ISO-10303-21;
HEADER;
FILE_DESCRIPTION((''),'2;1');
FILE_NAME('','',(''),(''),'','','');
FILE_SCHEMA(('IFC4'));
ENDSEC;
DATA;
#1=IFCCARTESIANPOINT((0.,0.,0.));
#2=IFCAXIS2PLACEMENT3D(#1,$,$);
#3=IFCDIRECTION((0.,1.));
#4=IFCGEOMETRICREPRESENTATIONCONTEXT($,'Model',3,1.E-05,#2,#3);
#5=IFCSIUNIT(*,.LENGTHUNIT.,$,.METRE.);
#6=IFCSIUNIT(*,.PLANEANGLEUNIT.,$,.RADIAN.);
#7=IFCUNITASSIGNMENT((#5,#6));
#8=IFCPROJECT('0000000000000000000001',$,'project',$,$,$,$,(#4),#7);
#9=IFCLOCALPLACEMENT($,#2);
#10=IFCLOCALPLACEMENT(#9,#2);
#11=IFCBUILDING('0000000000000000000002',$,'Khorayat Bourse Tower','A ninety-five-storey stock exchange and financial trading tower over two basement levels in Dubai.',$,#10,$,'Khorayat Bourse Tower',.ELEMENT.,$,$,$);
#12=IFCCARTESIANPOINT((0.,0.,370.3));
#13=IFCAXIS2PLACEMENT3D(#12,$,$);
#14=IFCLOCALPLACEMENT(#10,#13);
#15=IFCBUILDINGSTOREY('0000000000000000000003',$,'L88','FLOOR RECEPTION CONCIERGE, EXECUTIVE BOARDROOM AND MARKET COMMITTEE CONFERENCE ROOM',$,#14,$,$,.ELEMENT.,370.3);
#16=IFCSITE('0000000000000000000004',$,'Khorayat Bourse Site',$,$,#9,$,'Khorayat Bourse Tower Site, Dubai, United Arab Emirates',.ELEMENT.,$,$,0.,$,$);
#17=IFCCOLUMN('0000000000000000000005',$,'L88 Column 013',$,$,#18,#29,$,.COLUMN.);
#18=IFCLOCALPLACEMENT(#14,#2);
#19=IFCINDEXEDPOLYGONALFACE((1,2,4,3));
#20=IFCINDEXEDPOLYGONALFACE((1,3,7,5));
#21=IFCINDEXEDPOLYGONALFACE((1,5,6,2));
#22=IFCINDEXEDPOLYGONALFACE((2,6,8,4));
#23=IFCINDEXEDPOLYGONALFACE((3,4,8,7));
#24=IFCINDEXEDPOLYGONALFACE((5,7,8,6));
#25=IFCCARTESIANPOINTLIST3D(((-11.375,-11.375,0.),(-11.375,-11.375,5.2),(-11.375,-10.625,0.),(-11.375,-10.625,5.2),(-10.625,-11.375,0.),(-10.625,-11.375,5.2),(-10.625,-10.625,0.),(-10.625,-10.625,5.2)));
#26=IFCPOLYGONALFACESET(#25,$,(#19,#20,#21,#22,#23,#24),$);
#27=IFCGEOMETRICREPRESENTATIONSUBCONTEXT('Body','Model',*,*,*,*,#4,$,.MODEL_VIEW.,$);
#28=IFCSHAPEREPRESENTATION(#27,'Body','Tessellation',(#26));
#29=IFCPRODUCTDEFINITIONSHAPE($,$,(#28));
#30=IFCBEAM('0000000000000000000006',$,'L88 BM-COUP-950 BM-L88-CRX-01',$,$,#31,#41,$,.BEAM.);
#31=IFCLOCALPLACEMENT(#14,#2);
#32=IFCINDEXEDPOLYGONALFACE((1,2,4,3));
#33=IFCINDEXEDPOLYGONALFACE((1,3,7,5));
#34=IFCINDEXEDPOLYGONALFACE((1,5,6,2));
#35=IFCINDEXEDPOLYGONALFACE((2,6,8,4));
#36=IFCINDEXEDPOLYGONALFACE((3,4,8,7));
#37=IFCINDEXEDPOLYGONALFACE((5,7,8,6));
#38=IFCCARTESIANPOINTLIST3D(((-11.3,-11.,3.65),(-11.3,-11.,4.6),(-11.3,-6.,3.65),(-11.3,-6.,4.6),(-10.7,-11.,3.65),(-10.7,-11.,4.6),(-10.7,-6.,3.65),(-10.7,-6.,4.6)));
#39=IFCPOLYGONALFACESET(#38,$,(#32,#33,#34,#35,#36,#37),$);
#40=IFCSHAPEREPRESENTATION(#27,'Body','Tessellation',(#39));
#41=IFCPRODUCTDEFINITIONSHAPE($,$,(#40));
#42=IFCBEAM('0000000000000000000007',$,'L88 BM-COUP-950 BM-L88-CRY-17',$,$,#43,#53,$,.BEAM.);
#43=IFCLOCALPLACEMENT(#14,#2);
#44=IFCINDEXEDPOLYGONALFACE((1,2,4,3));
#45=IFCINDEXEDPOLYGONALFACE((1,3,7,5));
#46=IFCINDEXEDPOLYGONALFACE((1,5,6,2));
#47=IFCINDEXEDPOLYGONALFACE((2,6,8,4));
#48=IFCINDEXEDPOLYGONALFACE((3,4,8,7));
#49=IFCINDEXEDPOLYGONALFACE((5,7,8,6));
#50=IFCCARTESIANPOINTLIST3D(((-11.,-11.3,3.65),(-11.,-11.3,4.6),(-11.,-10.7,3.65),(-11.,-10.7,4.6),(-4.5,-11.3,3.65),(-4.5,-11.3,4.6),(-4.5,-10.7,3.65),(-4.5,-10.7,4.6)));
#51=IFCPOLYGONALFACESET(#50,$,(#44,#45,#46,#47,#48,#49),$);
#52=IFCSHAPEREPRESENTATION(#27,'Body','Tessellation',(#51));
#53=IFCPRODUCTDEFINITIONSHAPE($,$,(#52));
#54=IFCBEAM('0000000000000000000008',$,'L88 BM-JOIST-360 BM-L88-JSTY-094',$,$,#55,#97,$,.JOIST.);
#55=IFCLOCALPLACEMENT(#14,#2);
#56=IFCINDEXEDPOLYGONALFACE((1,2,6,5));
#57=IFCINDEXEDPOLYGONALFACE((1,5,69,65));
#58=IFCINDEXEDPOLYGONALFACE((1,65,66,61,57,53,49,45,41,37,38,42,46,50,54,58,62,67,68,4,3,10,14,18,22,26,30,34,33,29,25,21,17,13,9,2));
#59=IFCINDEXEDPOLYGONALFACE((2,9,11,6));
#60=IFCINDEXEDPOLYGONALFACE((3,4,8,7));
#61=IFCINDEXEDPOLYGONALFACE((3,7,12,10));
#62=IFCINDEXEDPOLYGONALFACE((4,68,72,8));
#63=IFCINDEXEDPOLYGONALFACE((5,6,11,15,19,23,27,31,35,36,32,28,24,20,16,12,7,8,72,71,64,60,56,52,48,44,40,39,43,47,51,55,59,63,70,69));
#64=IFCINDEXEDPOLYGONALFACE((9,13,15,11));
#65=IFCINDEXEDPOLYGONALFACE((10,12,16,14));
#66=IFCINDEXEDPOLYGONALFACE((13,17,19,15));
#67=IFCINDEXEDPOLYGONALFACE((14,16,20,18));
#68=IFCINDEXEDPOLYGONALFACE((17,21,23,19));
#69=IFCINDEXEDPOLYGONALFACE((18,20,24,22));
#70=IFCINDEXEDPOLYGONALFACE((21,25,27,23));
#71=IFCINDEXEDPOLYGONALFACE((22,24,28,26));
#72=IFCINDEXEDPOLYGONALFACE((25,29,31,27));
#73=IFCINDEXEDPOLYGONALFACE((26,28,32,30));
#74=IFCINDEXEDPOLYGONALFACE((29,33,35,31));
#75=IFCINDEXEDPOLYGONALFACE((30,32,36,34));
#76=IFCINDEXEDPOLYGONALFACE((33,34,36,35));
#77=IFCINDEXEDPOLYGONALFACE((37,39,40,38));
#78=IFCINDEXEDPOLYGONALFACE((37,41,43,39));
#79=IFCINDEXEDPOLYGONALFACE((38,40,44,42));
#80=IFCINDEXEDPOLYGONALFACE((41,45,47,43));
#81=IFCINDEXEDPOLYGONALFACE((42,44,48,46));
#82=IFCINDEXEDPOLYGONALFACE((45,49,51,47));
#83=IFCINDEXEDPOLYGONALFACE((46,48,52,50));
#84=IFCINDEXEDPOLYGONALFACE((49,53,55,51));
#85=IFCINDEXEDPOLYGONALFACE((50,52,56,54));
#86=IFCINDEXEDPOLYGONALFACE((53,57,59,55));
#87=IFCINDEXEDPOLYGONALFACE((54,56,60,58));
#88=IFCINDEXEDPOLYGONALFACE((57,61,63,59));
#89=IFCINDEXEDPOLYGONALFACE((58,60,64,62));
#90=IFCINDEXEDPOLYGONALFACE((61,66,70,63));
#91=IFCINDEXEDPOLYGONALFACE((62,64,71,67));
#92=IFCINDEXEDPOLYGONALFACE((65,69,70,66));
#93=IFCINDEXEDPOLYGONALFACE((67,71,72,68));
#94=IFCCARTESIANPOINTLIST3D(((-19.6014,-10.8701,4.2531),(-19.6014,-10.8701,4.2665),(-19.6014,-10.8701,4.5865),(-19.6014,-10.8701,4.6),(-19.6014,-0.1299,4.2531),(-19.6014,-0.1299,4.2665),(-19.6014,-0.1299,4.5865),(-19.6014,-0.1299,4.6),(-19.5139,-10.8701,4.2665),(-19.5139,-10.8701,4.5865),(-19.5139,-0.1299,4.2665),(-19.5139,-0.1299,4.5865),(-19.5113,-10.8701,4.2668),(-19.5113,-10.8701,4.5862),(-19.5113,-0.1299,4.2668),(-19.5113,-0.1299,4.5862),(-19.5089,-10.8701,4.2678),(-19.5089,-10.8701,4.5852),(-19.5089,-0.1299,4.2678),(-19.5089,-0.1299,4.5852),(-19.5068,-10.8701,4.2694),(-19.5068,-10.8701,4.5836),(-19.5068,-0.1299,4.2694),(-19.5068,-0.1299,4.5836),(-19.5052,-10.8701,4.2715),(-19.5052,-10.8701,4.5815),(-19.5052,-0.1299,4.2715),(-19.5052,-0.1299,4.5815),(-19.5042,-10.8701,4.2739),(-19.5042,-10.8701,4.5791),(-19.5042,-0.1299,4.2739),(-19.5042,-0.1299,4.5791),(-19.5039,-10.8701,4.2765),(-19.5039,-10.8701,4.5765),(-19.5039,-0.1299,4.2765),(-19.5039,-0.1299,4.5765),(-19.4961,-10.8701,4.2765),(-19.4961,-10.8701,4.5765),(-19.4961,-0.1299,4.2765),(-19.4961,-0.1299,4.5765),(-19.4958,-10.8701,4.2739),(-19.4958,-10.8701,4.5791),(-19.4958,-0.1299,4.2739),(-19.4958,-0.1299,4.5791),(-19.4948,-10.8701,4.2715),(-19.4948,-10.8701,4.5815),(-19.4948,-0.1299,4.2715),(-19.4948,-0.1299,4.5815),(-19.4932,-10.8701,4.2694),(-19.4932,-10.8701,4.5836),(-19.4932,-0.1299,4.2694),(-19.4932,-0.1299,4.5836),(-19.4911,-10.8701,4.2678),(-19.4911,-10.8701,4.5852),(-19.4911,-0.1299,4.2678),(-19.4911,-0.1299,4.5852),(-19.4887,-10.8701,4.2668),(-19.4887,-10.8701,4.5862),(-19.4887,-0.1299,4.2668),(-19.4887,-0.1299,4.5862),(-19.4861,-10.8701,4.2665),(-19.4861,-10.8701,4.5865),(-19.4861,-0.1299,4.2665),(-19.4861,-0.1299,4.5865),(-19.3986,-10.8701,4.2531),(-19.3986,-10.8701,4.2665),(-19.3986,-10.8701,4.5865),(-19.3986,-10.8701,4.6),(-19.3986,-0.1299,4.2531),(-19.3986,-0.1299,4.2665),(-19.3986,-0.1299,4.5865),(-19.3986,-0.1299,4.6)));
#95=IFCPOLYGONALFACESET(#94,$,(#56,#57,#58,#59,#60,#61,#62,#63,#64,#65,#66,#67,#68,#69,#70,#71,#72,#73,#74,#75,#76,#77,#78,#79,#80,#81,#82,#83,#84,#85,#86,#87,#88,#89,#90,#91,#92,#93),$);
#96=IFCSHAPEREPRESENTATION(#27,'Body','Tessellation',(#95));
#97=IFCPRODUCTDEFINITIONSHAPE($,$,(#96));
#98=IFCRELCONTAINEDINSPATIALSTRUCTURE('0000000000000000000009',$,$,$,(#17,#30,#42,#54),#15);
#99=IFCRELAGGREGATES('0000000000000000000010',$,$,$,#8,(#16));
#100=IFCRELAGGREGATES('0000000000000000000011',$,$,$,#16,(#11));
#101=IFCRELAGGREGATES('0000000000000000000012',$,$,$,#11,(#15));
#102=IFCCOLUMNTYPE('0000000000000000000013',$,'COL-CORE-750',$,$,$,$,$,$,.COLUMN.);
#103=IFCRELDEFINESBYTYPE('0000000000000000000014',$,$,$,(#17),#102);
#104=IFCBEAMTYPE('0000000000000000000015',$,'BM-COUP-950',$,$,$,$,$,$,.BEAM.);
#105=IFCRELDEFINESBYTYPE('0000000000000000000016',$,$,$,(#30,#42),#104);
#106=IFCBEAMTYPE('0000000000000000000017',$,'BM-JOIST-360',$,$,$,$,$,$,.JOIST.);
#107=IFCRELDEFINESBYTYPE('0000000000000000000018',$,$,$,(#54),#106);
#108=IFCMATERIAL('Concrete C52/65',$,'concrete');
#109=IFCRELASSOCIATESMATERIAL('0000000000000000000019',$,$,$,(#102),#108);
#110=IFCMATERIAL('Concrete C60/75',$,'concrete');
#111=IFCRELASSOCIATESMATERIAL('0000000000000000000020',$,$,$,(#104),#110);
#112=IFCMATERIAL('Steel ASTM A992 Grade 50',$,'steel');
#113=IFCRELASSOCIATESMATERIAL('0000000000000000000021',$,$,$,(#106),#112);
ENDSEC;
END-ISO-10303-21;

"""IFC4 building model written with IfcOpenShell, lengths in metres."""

from ifc_helpers import new_model, si_unit, direction, frame, origin, origin_2d, place, context, subcontext, project, spatial, rectangle, i_section, extrude, source, transform, mapped, material, material_profile, profile_set, type_object, element, save


model = new_model("IFC4")

# Units and contexts
model_context = context("Model", 3, precision=1e-05, world=origin(), true_north=direction((0.0, 1.0)))
body_context = subcontext(model_context, "Body", "Model", "MODEL_VIEW")
ifc_project = project(units=[si_unit("LENGTHUNIT", "METRE"), si_unit("PLANEANGLEUNIT", "RADIAN")], contexts=[model_context])

# Site, building, storey
site_placement = place(None, origin())
site = spatial("IfcSite", under=ifc_project, at=site_placement, Name="Khorayat Bourse Site", LongName="Khorayat Bourse Tower Site, Dubai, United Arab Emirates", CompositionType="ELEMENT", RefElevation=0.0)
building_placement = place(site_placement, origin())
building = spatial("IfcBuilding", under=site, at=building_placement, Name="Khorayat Bourse Tower", Description="A ninety-five-storey stock exchange and financial trading tower over two basement levels in Dubai.", LongName="Khorayat Bourse Tower", CompositionType="ELEMENT")
storey_placement = place(building_placement, frame((0.0, 0.0, 370.3)))
storey = spatial("IfcBuildingStorey", under=building, at=storey_placement, Name="L88", Description="FLOOR RECEPTION CONCIERGE, EXECUTIVE BOARDROOM AND MARKET COMMITTEE CONFERENCE ROOM", CompositionType="ELEMENT", Elevation=370.3)

# Column
ifc_material_1 = material(Name="Concrete C52/65", Category="concrete")
ifc_material_profile_1 = material_profile(ifc_material_1, rectangle(XDim=0.75, YDim=0.75, at=origin_2d()), Name="RC 750x750")
ifc_profile_set_1 = profile_set([ifc_material_profile_1], Name="Concrete C52/65")
column_type = type_object("IfcColumnType", Name="COL-CORE-750", PredefinedType="COLUMN", material=ifc_profile_set_1)
shared_shape_1 = source(origin(), body_context, "Body", "SweptSolid", [
    extrude(rectangle(XDim=0.75, YDim=0.75, at=origin_2d()), origin(), (0.0, 0.0, 1.0), 5.2),
])
column_placement = place(storey_placement, frame((-11.0, -11.0, 0.0), z_axis=(0.0, 0.0, 1.0), x_axis=(1.0, 0.0, 0.0)))
element("IfcColumn", 1, at=column_placement, inside=storey, type_object=column_type, Name="L88 Column 013", PredefinedType="COLUMN", context=body_context, shape_type="MappedRepresentation", body=[
    mapped(shared_shape_1, transform((0.0, 0.0, 0.0), scale=1.0)),
])

# Beams
ifc_material_2 = material(Name="Concrete C60/75", Category="concrete")
ifc_material_profile_2 = material_profile(ifc_material_2, rectangle(XDim=0.6001, YDim=0.95, at=origin_2d()), Name="RC 600x950")
ifc_profile_set_2 = profile_set([ifc_material_profile_2], Name="Concrete C60/75")
beam_type_1 = type_object("IfcBeamType", Name="BM-COUP-950", PredefinedType="BEAM", material=ifc_profile_set_2)
shared_shape_2 = source(origin(), body_context, "Body", "SweptSolid", [
    extrude(rectangle(XDim=0.6001, YDim=0.95, at=origin_2d()), origin(), (0.0, 0.0, 1.0), 5.0),
])
beam_1_placement = place(storey_placement, frame((-11.0, -11.0, 4.125), z_axis=(0.0, 1.0, 0.0), x_axis=(-1.0, 0.0, 0.0)))
element("IfcBeam", 2, at=beam_1_placement, inside=storey, type_object=beam_type_1, Name="L88 BM-COUP-950 BM-L88-CRX-01", PredefinedType="BEAM", context=body_context, shape_type="MappedRepresentation", body=[
    mapped(shared_shape_2, transform((0.0, 0.0, 0.0), scale=1.0)),
])
shared_shape_3 = source(origin(), body_context, "Body", "SweptSolid", [
    extrude(rectangle(XDim=0.6001, YDim=0.95, at=origin_2d()), origin(), (0.0, 0.0, 1.0), 6.5),
])
beam_2_placement = place(storey_placement, frame((-11.0, -11.0, 4.125), z_axis=(1.0, 0.0, 0.0), x_axis=(0.0, 1.0, 0.0)))
element("IfcBeam", 3, at=beam_2_placement, inside=storey, type_object=beam_type_1, Name="L88 BM-COUP-950 BM-L88-CRY-17", PredefinedType="BEAM", context=body_context, shape_type="MappedRepresentation", body=[
    mapped(shared_shape_3, transform((0.0, 0.0, 0.0), scale=1.0)),
])
ifc_material_3 = material(Name="Steel ASTM A992 Grade 50", Category="steel")
ifc_material_profile_3 = material_profile(ifc_material_3, i_section(OverallWidth=0.2029, OverallDepth=0.3469, WebThickness=0.0078, FlangeThickness=0.0134, FilletRadius=0.01, at=origin_2d()), Name="W360X64")
ifc_profile_set_3 = profile_set([ifc_material_profile_3], Name="Steel ASTM A992 Grade 50")
beam_type_2 = type_object("IfcBeamType", Name="BM-JOIST-360", PredefinedType="JOIST", material=ifc_profile_set_3)
shared_shape_4 = source(origin(), body_context, "Body", "SweptSolid", [
    extrude(i_section(OverallWidth=0.2029, OverallDepth=0.3469, WebThickness=0.0078, FlangeThickness=0.0134, FilletRadius=0.01, at=origin_2d()), origin(), (0.0, 0.0, 1.0), 10.7402),
])
beam_3_placement = place(storey_placement, frame((-19.5, -10.8701, 4.4265), z_axis=(0.0, 1.0, 0.0), x_axis=(-1.0, 0.0, 0.0)))
element("IfcBeam", 4, at=beam_3_placement, inside=storey, type_object=beam_type_2, Name="L88 BM-JOIST-360 BM-L88-JSTY-094", PredefinedType="JOIST", context=body_context, shape_type="MappedRepresentation", body=[
    mapped(shared_shape_4, transform((0.0, 0.0, 0.0), scale=1.0)),
])

save(model, "model.ifc")
